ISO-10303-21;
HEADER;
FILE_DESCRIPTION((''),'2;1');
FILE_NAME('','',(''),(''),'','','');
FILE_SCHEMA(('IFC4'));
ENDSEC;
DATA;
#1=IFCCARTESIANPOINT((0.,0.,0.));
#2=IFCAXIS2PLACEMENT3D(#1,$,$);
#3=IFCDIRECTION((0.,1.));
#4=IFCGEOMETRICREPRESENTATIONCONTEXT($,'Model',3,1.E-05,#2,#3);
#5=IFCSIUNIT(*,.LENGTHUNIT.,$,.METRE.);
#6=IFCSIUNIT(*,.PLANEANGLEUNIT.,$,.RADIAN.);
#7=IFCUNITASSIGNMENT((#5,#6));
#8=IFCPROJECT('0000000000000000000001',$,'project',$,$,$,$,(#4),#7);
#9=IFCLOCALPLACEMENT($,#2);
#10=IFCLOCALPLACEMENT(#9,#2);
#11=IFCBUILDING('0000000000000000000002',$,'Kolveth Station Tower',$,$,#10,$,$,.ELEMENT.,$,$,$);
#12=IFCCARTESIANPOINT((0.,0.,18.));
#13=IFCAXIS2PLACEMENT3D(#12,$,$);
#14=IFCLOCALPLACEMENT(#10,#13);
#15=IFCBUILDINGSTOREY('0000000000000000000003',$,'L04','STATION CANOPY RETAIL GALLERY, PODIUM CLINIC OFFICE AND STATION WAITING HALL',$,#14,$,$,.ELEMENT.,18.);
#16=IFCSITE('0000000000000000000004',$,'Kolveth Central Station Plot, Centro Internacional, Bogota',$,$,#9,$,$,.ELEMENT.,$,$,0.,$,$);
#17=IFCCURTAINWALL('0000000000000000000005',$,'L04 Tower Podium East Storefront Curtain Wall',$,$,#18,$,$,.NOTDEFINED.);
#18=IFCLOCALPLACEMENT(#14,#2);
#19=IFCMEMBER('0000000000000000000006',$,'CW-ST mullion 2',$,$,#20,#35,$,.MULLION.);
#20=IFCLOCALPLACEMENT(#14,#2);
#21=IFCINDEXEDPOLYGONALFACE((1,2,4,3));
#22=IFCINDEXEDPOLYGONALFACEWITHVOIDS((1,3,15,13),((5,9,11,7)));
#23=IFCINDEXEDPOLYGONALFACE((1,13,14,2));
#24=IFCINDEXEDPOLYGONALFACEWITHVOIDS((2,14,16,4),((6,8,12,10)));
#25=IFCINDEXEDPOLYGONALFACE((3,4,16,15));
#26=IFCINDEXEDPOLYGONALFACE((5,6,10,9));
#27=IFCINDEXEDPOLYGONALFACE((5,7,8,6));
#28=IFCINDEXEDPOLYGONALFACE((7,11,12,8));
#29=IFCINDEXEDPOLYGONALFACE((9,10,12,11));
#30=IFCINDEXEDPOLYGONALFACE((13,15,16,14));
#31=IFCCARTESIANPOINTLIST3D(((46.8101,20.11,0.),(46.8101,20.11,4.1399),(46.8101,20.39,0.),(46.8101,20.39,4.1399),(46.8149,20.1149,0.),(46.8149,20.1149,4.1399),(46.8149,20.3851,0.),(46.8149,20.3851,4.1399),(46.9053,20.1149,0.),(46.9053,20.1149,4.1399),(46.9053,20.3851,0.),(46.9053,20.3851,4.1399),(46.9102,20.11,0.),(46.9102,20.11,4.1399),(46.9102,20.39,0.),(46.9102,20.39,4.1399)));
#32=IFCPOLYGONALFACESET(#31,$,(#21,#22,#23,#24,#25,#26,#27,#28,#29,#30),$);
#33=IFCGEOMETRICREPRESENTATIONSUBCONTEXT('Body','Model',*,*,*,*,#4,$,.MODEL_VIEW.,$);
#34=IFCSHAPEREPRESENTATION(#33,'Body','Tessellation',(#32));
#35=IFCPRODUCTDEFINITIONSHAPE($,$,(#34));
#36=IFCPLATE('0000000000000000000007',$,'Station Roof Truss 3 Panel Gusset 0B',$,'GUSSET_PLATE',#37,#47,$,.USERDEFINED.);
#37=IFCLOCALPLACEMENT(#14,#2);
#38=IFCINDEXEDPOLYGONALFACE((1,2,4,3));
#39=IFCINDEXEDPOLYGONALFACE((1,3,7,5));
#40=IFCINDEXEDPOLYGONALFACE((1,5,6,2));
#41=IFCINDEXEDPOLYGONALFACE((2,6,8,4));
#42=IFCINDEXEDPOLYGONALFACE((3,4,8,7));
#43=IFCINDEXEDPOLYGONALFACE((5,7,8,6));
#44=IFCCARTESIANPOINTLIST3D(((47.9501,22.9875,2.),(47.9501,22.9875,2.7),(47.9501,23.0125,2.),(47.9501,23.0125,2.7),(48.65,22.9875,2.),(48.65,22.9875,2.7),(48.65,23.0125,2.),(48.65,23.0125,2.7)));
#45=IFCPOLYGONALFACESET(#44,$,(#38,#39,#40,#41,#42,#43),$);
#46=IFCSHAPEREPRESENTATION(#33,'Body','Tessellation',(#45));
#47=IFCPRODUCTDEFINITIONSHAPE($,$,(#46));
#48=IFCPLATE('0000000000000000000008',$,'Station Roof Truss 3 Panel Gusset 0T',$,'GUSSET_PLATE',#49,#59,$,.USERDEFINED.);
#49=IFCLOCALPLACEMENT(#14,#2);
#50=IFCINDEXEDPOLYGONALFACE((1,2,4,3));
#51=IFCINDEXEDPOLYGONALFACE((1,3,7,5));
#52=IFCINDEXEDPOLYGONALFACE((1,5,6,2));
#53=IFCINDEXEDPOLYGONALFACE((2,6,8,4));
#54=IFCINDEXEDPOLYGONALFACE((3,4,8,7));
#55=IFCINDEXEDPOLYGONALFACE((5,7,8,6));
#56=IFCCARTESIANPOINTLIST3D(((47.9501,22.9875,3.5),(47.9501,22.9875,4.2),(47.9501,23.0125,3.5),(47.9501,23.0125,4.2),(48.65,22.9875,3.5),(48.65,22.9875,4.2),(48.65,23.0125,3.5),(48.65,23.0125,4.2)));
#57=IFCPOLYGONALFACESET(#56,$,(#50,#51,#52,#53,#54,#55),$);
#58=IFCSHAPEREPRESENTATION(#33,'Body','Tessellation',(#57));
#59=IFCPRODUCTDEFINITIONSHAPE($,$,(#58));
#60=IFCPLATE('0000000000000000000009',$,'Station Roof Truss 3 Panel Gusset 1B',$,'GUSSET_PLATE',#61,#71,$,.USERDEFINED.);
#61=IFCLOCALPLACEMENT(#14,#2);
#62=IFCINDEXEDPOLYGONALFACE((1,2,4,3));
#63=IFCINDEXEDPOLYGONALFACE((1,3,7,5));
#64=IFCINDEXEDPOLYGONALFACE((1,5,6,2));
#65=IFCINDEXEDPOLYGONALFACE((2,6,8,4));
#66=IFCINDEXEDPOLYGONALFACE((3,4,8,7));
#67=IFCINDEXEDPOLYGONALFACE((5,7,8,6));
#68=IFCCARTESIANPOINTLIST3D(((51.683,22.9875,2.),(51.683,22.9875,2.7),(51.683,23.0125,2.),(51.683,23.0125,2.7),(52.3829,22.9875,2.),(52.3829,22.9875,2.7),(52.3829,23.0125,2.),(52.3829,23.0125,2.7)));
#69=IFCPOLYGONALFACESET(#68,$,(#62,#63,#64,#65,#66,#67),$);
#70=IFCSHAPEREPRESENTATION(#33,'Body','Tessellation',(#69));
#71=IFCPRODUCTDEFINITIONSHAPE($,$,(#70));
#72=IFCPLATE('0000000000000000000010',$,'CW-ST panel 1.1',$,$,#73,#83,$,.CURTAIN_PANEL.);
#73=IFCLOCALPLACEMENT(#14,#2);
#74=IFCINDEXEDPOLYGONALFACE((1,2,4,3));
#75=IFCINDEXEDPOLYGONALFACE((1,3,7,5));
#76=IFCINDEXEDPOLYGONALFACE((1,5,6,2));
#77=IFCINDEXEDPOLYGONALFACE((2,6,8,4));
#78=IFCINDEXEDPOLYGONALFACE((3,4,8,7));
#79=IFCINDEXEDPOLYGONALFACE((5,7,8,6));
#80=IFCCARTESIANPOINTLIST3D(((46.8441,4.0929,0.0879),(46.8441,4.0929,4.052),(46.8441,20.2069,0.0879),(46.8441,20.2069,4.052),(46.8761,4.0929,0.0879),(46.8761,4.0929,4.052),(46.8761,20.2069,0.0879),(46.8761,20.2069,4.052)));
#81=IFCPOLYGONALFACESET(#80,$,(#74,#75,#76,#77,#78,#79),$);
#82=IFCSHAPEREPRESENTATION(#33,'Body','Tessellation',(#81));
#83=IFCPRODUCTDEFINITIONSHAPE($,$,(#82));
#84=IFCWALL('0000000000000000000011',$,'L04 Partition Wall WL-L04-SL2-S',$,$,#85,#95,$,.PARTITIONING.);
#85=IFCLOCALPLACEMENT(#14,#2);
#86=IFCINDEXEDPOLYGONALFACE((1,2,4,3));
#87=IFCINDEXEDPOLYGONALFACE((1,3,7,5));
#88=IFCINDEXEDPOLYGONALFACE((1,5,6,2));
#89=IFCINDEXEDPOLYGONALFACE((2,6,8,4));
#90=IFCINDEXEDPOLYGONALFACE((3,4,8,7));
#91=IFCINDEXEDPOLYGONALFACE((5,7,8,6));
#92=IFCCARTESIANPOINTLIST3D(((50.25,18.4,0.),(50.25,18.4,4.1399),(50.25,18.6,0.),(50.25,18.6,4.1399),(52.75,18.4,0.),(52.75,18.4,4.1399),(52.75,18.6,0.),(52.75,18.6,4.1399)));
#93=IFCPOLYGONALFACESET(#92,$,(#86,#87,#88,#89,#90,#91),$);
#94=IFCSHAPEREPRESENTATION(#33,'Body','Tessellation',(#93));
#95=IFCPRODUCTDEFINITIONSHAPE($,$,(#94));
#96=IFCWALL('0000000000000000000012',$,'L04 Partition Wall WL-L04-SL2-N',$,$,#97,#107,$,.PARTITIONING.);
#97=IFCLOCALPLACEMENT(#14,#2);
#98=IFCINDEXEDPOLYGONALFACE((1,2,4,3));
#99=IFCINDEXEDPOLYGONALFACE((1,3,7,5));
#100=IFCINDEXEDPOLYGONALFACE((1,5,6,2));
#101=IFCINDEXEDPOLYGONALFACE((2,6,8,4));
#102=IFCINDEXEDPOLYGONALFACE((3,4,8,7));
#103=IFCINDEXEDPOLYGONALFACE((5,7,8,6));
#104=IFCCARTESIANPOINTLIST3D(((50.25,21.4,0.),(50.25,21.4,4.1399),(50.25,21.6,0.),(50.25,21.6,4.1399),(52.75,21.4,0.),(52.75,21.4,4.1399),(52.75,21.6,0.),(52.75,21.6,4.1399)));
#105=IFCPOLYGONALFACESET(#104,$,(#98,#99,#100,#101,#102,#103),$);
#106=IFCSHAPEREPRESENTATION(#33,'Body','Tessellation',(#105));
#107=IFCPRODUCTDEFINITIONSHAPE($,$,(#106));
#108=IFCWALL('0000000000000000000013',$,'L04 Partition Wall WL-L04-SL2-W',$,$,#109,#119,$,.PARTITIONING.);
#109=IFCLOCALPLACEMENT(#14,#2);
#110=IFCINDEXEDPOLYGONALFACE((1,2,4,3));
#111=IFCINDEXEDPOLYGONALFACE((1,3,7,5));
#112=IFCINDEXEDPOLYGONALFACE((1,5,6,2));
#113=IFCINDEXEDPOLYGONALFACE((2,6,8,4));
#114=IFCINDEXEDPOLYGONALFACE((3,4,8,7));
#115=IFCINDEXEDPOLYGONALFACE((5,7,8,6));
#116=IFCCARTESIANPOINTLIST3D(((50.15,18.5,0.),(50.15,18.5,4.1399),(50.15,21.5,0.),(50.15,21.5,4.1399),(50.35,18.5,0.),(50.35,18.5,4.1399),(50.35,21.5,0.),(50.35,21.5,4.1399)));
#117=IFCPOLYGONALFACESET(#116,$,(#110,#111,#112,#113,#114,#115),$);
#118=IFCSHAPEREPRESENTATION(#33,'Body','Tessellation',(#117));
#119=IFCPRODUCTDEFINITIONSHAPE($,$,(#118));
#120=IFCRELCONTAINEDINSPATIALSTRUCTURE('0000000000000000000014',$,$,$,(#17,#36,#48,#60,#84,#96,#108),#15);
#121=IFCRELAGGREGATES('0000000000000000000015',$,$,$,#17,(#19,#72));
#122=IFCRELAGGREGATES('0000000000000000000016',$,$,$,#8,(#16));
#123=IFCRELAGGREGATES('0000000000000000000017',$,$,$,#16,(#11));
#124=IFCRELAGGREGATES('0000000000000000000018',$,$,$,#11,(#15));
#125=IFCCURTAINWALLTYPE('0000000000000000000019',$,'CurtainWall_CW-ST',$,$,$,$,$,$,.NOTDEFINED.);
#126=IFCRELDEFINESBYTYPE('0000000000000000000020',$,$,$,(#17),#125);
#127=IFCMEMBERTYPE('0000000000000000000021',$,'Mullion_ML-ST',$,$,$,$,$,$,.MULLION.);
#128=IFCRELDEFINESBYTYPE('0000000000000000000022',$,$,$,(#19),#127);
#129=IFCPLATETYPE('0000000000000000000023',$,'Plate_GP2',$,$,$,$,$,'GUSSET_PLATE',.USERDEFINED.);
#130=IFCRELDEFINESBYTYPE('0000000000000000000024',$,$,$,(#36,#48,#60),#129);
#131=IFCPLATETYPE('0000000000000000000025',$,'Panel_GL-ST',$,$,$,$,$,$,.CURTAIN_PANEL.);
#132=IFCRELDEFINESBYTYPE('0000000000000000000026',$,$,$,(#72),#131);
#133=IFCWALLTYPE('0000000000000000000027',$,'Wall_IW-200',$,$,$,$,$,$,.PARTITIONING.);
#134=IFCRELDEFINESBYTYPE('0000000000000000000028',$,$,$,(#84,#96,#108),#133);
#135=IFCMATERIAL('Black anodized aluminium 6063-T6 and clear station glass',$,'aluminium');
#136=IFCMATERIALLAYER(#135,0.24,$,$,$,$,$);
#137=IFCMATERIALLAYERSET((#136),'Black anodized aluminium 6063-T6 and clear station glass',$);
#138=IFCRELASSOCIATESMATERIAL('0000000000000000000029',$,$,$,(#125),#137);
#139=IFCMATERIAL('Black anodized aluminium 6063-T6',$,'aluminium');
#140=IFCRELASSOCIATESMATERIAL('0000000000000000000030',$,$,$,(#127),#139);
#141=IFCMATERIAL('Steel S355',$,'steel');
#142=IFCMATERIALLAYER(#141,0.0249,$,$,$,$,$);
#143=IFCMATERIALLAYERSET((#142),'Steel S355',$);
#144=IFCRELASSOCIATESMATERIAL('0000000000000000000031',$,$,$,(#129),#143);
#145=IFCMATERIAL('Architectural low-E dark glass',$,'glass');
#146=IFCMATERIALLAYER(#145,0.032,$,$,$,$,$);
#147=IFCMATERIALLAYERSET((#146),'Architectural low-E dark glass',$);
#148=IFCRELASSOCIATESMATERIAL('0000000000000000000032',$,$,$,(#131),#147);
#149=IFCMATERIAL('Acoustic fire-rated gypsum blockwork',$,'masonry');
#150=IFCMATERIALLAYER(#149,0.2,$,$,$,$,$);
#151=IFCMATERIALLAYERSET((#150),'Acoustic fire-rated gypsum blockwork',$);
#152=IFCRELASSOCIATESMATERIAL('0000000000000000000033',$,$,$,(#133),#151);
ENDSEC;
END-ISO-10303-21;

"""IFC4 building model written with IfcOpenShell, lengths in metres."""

from ifc_helpers import new_model, si_unit, direction, frame, frame_2d, origin, origin_2d, place, context, subcontext, project, spatial, rectangle, hollow_rectangle, extrude, source, transform, mapped, material, layer, layer_set, material_profile, profile_set, type_object, element, aggregate, save


model = new_model("IFC4")

# Units and contexts
model_context = context("Model", 3, precision=1e-05, world=origin(), true_north=direction((0.0, 1.0)))
body_context = subcontext(model_context, "Body", "Model", "MODEL_VIEW")
ifc_project = project(units=[si_unit("LENGTHUNIT", "METRE"), si_unit("PLANEANGLEUNIT", "RADIAN")], contexts=[model_context])

# Site, building, storey
site_placement = place(None, origin())
site = spatial("IfcSite", under=ifc_project, at=site_placement, Name="Kolveth Central Station Plot, Centro Internacional, Bogota", CompositionType="ELEMENT", RefElevation=0.0)
building_placement = place(site_placement, origin())
building = spatial("IfcBuilding", under=site, at=building_placement, Name="Kolveth Station Tower", CompositionType="ELEMENT")
storey_placement = place(building_placement, frame((0.0, 0.0, 18.0)))
storey = spatial("IfcBuildingStorey", under=building, at=storey_placement, Name="L04", Description="STATION CANOPY RETAIL GALLERY, PODIUM CLINIC OFFICE AND STATION WAITING HALL", CompositionType="ELEMENT", Elevation=18.0)

# Shared definitions
ifc_material_1 = material(Name="Steel S355", Category="steel")

# Curtain wall, member
ifc_material_2 = material(Name="Black anodized aluminium 6063-T6 and clear station glass", Category="aluminium")
ifc_layer_1 = layer(ifc_material_2, 0.24)
ifc_layer_set_1 = layer_set([ifc_layer_1], Name="Black anodized aluminium 6063-T6 and clear station glass")
curtain_wall_type = type_object("IfcCurtainWallType", Name="CurtainWall_CW-ST", PredefinedType="NOTDEFINED", material=ifc_layer_set_1)
curtain_wall_placement = place(storey_placement, origin())
curtain_wall = element("IfcCurtainWall", 1, at=curtain_wall_placement, inside=storey, type_object=curtain_wall_type, Name="L04 Tower Podium East Storefront Curtain Wall", PredefinedType="NOTDEFINED")
ifc_material_3 = material(Name="Black anodized aluminium 6063-T6", Category="aluminium")
ifc_material_profile_1 = material_profile(ifc_material_3, hollow_rectangle(XDim=0.1001, YDim=0.28, WallThickness=0.0049, at=origin_2d()), Name="ALU-100x280x5")
ifc_profile_set_1 = profile_set([ifc_material_profile_1], Name="Black anodized aluminium 6063-T6")
member_type_1 = type_object("IfcMemberType", Name="Mullion_ML-ST", PredefinedType="MULLION", material=ifc_profile_set_1)
shared_shape_1 = source(origin(), body_context, "Body", "SweptSolid", [
    extrude(hollow_rectangle(XDim=0.1001, YDim=0.28, WallThickness=0.0049, at=origin_2d()), origin(), (0.0, 0.0, 1.0), 4.1399),
])
member_1_placement = place(storey_placement, frame((46.8601, 20.25, 0.0), z_axis=(0.0, 0.0, 1.0), x_axis=(-1.0, 0.0, 0.0)))
member_1 = element("IfcMember", 2, at=member_1_placement, type_object=member_type_1, Name="CW-ST mullion 2", PredefinedType="MULLION", context=body_context, shape_type="MappedRepresentation", body=[
    mapped(shared_shape_1, transform((0.0, 0.0, 0.0), x_axis=(1.0, 0.0, 0.0), y_axis=(0.0, 1.0, 0.0), z_axis=(0.0, 0.0, 1.0), scale=1.0)),
])

# Plates
ifc_layer_2 = layer(ifc_material_1, 0.0249)
ifc_layer_set_2 = layer_set([ifc_layer_2], Name="Steel S355")
plate_type_1 = type_object("IfcPlateType", Name="Plate_GP2", ElementType="GUSSET_PLATE", PredefinedType="USERDEFINED", material=ifc_layer_set_2)
shared_shape_2 = source(origin(), body_context, "Body", "SweptSolid", [
    extrude(rectangle(XDim=0.7, YDim=0.0249, at=origin_2d()), origin(), (0.0, 0.0, 1.0), 0.7),
])
for number, where, z_axis, x_axis, name in (
    (3, (48.3, 23.0, 2.0), (0.0, 0.0, 1.0), (1.0, 0.0, 0.0), "Station Roof Truss 3 Panel Gusset 0B"),
    (4, (48.3, 23.0, 3.5), (0.0, 0.0, 1.0), (1.0, 0.0, 0.0), "Station Roof Truss 3 Panel Gusset 0T"),
    (5, (52.033, 23.0, 2.0), (0.0, 0.0, 1.0), (1.0, 0.0, 0.0), "Station Roof Truss 3 Panel Gusset 1B"),
):
    element("IfcPlate", number, at=place(storey_placement, frame(where, z_axis=z_axis, x_axis=x_axis)), inside=storey, type_object=plate_type_1, Name=name, ObjectType="GUSSET_PLATE", PredefinedType="USERDEFINED", context=body_context, shape_type="MappedRepresentation", body=[
        mapped(shared_shape_2, transform((0.0, 0.0, 0.0), x_axis=(1.0, 0.0, 0.0), y_axis=(0.0, 1.0, 0.0), z_axis=(0.0, 0.0, 1.0), scale=1.0)),
    ])

# Plate
ifc_material_4 = material(Name="Architectural low-E dark glass", Category="glass")
ifc_layer_3 = layer(ifc_material_4, 0.032)
ifc_layer_set_3 = layer_set([ifc_layer_3], Name="Architectural low-E dark glass")
plate_type_2 = type_object("IfcPlateType", Name="Panel_GL-ST", PredefinedType="CURTAIN_PANEL", material=ifc_layer_set_3)
shared_shape_3 = source(origin(), body_context, "Body", "SweptSolid", [
    extrude(rectangle(XDim=16.114, YDim=0.032, at=origin_2d()), origin(), (0.0, 0.0, 1.0), 3.9641),
])
plate_placement = place(storey_placement, frame((46.8601, 12.1499, 0.0879), z_axis=(0.0, 0.0, 1.0), x_axis=(0.0, 1.0, 0.0)))
plate = element("IfcPlate", 6, at=plate_placement, type_object=plate_type_2, Name="CW-ST panel 1.1", PredefinedType="CURTAIN_PANEL", context=body_context, shape_type="MappedRepresentation", body=[
    mapped(shared_shape_3, transform((0.0, 0.0, 0.0), x_axis=(1.0, 0.0, 0.0), y_axis=(0.0, 1.0, 0.0), z_axis=(0.0, 0.0, 1.0), scale=1.0)),
])
aggregate(curtain_wall, [member_1, plate])

# Walls
ifc_material_5 = material(Name="Acoustic fire-rated gypsum blockwork", Category="masonry")
ifc_layer_4 = layer(ifc_material_5, 0.2)
ifc_layer_set_4 = layer_set([ifc_layer_4], Name="Acoustic fire-rated gypsum blockwork")
wall_type = type_object("IfcWallType", Name="Wall_IW-200", PredefinedType="PARTITIONING", material=ifc_layer_set_4)
for number, where, z_axis, x_axis, name in (
    (7, (50.25, 18.5, 0.0), (0.0, 0.0, 1.0), (1.0, 0.0, 0.0), "L04 Partition Wall WL-L04-SL2-S"),
    (8, (50.25, 21.5, 0.0), (0.0, 0.0, 1.0), (1.0, 0.0, 0.0), "L04 Partition Wall WL-L04-SL2-N"),
):
    element("IfcWall", number, at=place(storey_placement, frame(where, z_axis=z_axis, x_axis=x_axis)), inside=storey, type_object=wall_type, Name=name, PredefinedType="PARTITIONING", context=body_context, shape_type="SweptSolid", body=[
        extrude(rectangle(XDim=2.5, YDim=0.2, at=frame_2d((1.25, 0.0))), origin(), (0.0, 0.0, 1.0), 4.1399),
    ])
wall_placement = place(storey_placement, frame((50.25, 18.5, 0.0), z_axis=(0.0, 0.0, 1.0), x_axis=(0.0, 1.0, 0.0)))
element("IfcWall", 9, at=wall_placement, inside=storey, type_object=wall_type, Name="L04 Partition Wall WL-L04-SL2-W", PredefinedType="PARTITIONING", context=body_context, shape_type="SweptSolid", body=[
    extrude(rectangle(XDim=3.0, YDim=0.2, at=frame_2d((1.5, 0.0))), origin(), (0.0, 0.0, 1.0), 4.1399),
])

save(model, "model.ifc")
